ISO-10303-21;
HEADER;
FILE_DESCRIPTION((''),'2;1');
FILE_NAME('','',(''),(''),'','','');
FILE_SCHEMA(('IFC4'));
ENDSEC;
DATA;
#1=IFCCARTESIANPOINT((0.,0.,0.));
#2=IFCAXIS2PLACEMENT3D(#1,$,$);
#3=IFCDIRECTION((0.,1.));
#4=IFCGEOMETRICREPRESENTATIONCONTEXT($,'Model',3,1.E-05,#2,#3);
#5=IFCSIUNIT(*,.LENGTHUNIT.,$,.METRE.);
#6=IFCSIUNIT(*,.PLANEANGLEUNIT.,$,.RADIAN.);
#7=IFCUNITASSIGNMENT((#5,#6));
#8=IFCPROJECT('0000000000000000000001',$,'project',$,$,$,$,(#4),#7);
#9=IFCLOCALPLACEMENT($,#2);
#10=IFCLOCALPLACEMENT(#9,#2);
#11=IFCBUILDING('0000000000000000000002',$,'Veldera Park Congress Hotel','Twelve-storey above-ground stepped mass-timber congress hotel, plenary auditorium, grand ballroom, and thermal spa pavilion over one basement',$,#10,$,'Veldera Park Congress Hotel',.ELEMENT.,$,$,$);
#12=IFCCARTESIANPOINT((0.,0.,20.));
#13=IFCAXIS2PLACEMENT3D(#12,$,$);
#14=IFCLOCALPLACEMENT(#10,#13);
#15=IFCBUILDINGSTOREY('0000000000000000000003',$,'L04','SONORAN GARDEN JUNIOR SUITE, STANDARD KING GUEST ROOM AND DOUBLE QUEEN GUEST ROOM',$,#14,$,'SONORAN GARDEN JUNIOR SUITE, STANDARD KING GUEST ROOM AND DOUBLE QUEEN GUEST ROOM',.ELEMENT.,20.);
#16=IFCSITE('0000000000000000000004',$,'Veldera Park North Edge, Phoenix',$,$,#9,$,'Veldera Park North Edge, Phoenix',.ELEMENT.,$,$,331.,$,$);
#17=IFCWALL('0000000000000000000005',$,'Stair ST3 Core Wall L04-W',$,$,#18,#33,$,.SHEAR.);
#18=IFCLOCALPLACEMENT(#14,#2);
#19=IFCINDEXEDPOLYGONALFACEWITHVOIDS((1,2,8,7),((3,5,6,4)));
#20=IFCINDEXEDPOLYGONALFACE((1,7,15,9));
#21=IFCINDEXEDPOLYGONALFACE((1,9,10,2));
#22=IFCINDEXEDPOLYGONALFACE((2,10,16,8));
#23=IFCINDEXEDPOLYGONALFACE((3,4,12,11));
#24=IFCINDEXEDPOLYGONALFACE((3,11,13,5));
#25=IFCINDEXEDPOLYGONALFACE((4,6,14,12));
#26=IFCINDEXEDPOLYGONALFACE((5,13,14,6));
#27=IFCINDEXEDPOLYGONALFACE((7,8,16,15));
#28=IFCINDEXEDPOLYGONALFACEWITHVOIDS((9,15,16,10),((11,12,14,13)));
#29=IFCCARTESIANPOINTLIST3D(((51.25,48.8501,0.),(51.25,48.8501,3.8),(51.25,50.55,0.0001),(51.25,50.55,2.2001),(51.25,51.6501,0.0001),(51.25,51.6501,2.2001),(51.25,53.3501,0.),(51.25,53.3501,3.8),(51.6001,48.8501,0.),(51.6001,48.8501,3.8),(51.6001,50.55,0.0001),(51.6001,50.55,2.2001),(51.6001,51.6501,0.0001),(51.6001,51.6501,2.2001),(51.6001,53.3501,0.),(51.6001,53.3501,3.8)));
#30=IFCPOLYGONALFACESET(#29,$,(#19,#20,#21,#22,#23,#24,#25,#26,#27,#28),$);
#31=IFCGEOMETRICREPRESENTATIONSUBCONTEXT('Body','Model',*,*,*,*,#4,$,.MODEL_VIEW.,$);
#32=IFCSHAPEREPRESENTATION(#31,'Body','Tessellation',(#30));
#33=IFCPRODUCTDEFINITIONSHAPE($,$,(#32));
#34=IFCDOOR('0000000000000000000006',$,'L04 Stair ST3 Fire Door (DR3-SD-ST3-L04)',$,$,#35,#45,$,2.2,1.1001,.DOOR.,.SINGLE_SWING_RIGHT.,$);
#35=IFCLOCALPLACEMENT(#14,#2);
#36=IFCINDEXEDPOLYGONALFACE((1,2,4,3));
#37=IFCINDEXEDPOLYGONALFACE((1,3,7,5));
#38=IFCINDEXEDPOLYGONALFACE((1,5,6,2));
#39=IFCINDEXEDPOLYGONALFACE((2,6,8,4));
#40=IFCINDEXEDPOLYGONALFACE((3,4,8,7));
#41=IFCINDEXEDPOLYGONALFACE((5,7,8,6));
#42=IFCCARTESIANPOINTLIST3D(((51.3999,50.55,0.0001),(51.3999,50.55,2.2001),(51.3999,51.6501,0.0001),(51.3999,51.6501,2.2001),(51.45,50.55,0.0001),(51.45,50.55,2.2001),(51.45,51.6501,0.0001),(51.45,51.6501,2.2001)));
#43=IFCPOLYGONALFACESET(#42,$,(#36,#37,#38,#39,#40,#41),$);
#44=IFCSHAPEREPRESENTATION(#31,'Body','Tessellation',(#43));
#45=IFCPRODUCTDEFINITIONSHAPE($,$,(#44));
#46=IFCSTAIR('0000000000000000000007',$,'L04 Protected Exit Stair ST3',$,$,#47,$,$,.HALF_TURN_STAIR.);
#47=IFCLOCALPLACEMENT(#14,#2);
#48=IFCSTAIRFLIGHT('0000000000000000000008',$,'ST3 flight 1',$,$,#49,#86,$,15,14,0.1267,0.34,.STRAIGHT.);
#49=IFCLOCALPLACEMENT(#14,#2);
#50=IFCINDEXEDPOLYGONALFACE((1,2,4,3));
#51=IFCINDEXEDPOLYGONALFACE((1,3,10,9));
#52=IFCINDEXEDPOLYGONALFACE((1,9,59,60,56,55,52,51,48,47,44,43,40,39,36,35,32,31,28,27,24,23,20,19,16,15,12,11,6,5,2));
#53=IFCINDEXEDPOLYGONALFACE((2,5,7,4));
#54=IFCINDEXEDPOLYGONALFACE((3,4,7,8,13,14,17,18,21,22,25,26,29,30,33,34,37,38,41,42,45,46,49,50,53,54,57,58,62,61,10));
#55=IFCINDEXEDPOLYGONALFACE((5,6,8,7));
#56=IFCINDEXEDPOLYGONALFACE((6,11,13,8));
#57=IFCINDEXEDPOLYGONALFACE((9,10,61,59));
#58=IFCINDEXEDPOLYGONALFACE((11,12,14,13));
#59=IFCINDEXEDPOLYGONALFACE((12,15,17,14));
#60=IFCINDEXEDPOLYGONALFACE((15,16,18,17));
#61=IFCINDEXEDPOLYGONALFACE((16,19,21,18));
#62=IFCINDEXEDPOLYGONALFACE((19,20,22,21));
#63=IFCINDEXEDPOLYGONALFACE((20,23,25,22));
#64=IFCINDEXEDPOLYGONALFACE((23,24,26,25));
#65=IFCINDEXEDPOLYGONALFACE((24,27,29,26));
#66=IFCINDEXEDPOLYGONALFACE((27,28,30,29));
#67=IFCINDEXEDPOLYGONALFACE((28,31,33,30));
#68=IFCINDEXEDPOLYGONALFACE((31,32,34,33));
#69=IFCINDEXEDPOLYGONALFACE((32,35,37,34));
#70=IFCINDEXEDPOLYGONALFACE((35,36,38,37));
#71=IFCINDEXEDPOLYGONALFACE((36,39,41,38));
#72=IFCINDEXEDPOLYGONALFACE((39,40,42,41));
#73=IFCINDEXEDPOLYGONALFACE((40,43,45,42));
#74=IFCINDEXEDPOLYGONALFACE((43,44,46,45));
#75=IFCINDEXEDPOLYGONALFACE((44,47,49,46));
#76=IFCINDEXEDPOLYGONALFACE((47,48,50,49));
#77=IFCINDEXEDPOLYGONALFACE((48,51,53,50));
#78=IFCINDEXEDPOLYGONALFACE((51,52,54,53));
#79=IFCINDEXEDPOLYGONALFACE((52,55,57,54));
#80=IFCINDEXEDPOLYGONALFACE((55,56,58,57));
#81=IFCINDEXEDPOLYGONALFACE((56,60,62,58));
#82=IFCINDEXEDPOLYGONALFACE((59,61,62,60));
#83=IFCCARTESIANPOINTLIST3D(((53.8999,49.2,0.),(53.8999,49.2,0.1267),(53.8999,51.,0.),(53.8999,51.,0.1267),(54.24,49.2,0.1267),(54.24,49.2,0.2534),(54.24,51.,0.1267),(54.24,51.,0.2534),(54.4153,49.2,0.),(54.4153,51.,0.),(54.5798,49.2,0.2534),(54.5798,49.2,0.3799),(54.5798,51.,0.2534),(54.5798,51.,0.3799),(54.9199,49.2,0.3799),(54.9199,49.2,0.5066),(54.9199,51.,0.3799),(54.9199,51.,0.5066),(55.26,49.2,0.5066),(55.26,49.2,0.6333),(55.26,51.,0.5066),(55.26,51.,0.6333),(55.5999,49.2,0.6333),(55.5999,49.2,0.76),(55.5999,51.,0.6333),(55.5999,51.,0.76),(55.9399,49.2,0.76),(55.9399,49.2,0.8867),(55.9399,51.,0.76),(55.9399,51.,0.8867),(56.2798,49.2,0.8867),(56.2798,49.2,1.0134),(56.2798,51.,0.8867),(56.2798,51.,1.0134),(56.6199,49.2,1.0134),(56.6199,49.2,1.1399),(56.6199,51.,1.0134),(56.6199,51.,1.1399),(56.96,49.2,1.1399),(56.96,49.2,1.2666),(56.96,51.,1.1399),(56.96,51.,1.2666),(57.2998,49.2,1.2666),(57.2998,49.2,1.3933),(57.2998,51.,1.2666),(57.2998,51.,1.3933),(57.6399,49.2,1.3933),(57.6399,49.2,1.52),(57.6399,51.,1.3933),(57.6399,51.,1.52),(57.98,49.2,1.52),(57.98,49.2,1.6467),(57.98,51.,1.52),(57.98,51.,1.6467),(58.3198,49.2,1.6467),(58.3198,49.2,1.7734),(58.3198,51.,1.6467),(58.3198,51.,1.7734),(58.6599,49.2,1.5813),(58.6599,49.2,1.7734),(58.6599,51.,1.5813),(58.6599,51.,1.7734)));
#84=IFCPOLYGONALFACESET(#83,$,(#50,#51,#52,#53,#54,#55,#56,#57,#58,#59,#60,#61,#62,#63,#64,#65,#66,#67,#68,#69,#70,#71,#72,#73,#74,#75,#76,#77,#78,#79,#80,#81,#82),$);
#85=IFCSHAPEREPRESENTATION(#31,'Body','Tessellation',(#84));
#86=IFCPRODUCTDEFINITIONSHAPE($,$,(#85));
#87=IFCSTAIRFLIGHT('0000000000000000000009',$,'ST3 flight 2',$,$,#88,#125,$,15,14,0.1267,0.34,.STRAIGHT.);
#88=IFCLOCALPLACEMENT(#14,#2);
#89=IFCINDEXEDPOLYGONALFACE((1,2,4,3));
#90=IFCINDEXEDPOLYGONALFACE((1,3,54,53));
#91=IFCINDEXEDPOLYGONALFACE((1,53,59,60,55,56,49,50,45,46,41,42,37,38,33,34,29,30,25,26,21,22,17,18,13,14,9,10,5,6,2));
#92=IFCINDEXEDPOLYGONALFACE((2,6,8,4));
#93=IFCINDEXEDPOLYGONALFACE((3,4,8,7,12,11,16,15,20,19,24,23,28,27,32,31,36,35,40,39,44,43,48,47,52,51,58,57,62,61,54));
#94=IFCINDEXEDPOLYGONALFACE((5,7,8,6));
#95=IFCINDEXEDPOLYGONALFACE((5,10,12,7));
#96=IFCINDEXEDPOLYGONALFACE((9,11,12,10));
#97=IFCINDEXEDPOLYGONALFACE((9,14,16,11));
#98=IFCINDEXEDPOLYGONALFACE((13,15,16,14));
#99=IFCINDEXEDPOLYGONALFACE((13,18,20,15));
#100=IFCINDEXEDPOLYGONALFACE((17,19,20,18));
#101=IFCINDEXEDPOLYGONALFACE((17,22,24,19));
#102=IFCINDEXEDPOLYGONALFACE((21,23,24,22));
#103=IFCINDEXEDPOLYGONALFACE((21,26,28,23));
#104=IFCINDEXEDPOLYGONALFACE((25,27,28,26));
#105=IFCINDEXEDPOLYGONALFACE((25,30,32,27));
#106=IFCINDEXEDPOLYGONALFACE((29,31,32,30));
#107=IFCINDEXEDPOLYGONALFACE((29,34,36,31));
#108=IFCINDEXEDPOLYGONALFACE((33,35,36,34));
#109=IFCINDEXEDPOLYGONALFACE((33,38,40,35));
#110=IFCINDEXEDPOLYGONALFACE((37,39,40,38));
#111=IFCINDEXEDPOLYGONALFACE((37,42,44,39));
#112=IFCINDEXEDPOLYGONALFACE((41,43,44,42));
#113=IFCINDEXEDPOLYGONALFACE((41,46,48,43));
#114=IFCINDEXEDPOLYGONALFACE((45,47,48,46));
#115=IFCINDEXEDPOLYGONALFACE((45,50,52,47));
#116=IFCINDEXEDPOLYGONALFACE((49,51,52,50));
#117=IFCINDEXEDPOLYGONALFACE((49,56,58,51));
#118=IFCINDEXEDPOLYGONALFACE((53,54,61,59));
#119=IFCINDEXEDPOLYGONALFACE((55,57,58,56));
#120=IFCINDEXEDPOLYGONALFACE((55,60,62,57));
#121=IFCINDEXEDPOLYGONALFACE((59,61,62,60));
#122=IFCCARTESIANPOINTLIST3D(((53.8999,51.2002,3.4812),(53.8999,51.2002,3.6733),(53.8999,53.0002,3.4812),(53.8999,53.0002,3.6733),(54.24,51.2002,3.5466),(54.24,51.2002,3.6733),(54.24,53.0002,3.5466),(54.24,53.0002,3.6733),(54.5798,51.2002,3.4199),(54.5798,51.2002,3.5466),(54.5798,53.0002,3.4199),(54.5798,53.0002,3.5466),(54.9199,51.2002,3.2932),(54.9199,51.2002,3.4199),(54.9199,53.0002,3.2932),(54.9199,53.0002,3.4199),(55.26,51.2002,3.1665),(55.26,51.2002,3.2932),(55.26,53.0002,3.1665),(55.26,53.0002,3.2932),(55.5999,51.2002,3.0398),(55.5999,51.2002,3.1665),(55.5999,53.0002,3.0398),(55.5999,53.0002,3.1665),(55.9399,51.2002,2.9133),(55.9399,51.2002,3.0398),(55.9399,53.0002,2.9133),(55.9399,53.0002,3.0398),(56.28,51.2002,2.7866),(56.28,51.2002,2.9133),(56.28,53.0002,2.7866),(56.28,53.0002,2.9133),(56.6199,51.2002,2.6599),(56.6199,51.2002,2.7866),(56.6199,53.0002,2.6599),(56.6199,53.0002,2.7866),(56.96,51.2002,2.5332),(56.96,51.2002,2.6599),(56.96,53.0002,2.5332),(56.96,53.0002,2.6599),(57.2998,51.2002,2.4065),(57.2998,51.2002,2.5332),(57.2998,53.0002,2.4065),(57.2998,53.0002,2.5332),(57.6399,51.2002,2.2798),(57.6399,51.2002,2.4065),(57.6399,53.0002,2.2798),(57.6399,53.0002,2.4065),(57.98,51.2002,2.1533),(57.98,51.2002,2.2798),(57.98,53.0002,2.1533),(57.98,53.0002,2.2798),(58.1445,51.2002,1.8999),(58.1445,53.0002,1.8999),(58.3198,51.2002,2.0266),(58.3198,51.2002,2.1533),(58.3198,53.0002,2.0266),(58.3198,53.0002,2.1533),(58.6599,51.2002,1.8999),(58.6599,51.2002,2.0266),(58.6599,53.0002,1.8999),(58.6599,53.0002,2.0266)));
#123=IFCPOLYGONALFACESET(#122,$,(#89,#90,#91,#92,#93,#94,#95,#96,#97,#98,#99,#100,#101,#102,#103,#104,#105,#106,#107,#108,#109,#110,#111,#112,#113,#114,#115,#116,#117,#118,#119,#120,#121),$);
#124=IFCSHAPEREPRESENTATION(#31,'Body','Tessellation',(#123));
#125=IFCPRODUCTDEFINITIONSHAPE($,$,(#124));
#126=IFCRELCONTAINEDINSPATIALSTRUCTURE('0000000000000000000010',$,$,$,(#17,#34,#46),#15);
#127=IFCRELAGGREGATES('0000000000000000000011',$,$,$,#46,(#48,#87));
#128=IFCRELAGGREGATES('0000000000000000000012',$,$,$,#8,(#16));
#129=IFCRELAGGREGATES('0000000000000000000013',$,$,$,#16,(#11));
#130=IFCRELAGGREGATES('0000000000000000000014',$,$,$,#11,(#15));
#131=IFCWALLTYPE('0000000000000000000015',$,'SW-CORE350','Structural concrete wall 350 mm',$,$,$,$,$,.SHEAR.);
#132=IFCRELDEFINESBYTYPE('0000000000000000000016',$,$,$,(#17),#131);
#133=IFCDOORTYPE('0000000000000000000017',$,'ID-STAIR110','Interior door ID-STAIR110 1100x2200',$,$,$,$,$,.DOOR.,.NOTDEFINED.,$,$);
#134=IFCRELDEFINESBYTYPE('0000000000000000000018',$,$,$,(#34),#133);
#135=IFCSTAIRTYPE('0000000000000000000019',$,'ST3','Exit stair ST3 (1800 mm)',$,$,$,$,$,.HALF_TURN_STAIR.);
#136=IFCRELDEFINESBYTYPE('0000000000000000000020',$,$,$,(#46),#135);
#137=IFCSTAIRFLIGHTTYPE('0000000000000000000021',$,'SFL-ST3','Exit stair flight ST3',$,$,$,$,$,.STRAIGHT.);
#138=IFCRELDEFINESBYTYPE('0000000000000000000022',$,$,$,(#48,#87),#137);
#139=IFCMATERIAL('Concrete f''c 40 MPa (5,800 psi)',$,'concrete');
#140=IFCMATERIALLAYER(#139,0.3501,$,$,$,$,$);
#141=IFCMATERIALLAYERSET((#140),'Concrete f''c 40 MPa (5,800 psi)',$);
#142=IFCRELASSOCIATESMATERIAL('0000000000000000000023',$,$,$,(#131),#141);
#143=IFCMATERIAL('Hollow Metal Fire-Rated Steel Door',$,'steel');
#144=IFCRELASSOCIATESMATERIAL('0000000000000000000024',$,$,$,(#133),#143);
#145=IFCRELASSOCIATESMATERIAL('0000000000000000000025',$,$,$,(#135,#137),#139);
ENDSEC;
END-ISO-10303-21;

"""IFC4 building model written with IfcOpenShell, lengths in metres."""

from ifc_helpers import new_model, si_unit, direction, frame, frame_2d, origin, place, context, subcontext, project, spatial, polyline, rectangle, outline, extrude, material, layer, layer_set, type_object, element, fill, aggregate, save


model = new_model("IFC4")

# Units and contexts
model_context = context("Model", 3, precision=1e-05, world=origin(), true_north=direction((0.0, 1.0)))
body_context = subcontext(model_context, "Body", "Model", "MODEL_VIEW")
ifc_project = project(units=[si_unit("LENGTHUNIT", "METRE"), si_unit("PLANEANGLEUNIT", "RADIAN")], contexts=[model_context])

# Site, building, storey
site_placement = place(None, origin())
site = spatial("IfcSite", under=ifc_project, at=site_placement, Name="Veldera Park North Edge, Phoenix", LongName="Veldera Park North Edge, Phoenix", CompositionType="ELEMENT", RefElevation=331.0)
building_placement = place(site_placement, origin())
building = spatial("IfcBuilding", under=site, at=building_placement, Name="Veldera Park Congress Hotel", Description="Twelve-storey above-ground stepped mass-timber congress hotel, plenary auditorium, grand ballroom, and thermal spa pavilion over one basement", LongName="Veldera Park Congress Hotel", CompositionType="ELEMENT")
storey_placement = place(building_placement, frame((0.0, 0.0, 20.0)))
storey = spatial("IfcBuildingStorey", under=building, at=storey_placement, Name="L04", Description="SONORAN GARDEN JUNIOR SUITE, STANDARD KING GUEST ROOM AND DOUBLE QUEEN GUEST ROOM", LongName="SONORAN GARDEN JUNIOR SUITE, STANDARD KING GUEST ROOM AND DOUBLE QUEEN GUEST ROOM", CompositionType="ELEMENT", Elevation=20.0)

# Shared definitions
ifc_material_1 = material(Name="Concrete f'c 40 MPa (5,800 psi)", Category="concrete")
ifc_layer_1 = layer(ifc_material_1, 0.3501)
ifc_layer_set_1 = layer_set([ifc_layer_1], Name="Concrete f'c 40 MPa (5,800 psi)")
wall_type_1 = type_object("IfcWallType", Name="SW-CORE350", Description="Structural concrete wall 350 mm", PredefinedType="SHEAR", material=ifc_layer_set_1)

# Wall, opening, door
wall_1_placement = place(storey_placement, frame((51.425, 53.3501, 0.0), z_axis=(0.0, 0.0, 1.0), x_axis=(0.0, -1.0, 0.0)))
wall_1 = element("IfcWall", 1, at=wall_1_placement, inside=storey, type_object=wall_type_1, Name="Stair ST3 Core Wall L04-W", PredefinedType="SHEAR", context=body_context, shape_type="SweptSolid", body=[
    extrude(rectangle(XDim=4.5, YDim=0.3501, at=frame_2d((2.25, 0.0))), origin(), (0.0, 0.0, 1.0), 3.8),
])
opening_1_placement = place(wall_1_placement, frame((1.7, 0.0, 0.0)))
opening_1 = element("IfcOpeningElement", 2, at=opening_1_placement, cuts=wall_1, PredefinedType="OPENING", context=body_context, shape_type="SweptSolid", body=[
    extrude(rectangle(XDim=1.1001, YDim=2.2, at=frame_2d((0.55, 1.1001))), frame((0.0, 0.187, 0.0), z_axis=(0.0, -1.0, 0.0), x_axis=(1.0, 0.0, 0.0)), (0.0, 0.0, 1.0), 0.374),
])
ifc_material_2 = material(Name="Hollow Metal Fire-Rated Steel Door", Category="steel")
door_type_1 = type_object("IfcDoorType", Name="ID-STAIR110", Description="Interior door ID-STAIR110 1100x2200", OperationType="NOTDEFINED", PredefinedType="DOOR", material=ifc_material_2)
door_1_placement = place(opening_1_placement, origin())
door_1 = element("IfcDoor", 3, at=door_1_placement, inside=storey, type_object=door_type_1, Name="L04 Stair ST3 Fire Door (DR3-SD-ST3-L04)", OperationType="SINGLE_SWING_RIGHT", OverallHeight=2.2, OverallWidth=1.1001, PredefinedType="DOOR", context=body_context, shape_type="SweptSolid", body=[
    extrude(rectangle(XDim=1.1001, YDim=2.2, at=frame_2d((0.55, 1.1001))), frame((0.0, 0.0249, 0.0), z_axis=(0.0, -1.0, 0.0), x_axis=(1.0, 0.0, 0.0)), (0.0, 0.0, 1.0), 0.05),
])
fill(opening_1, door_1)

# Stair, stair flights
stair_type = type_object("IfcStairType", Name="ST3", Description="Exit stair ST3 (1800 mm)", PredefinedType="HALF_TURN_STAIR", material=ifc_material_1)
stair_placement = place(storey_placement, origin())
stair = element("IfcStair", 4, at=stair_placement, inside=storey, type_object=stair_type, Name="L04 Protected Exit Stair ST3", PredefinedType="HALF_TURN_STAIR")
stair_flight_type = type_object("IfcStairFlightType", Name="SFL-ST3", Description="Exit stair flight ST3", PredefinedType="STRAIGHT", material=ifc_material_1)
stair_flight_1_placement = place(storey_placement, frame((53.8999, 50.1001, 0.0), z_axis=(0.0, 0.0, 1.0), x_axis=(1.0, 0.0, 0.0)))
stair_flight_1 = element("IfcStairFlight", 5, at=stair_flight_1_placement, type_object=stair_flight_type, Name="ST3 flight 1", NumberOfRisers=15, NumberOfTreads=14, PredefinedType="STRAIGHT", RiserHeight=0.1267, TreadLength=0.34, context=body_context, shape_type="SweptSolid", body=[
    extrude(outline(polyline([(0.0, 0.0), (0.0, 0.1267), (0.3401, 0.1267), (0.3401, 0.2534), (0.6799, 0.2534), (0.6799, 0.3799), (1.02, 0.3799), (1.02, 0.5066), (1.3601, 0.5066), (1.3601, 0.6333), (1.7, 0.6333), (1.7, 0.76), (2.04, 0.76), (2.04, 0.8867), (2.3799, 0.8867), (2.3799, 1.0134), (2.72, 1.0134), (2.72, 1.1399), (3.0601, 1.1399), (3.0601, 1.2666), (3.3999, 1.2666), (3.3999, 1.3933), (3.74, 1.3933), (3.74, 1.52), (4.0801, 1.52), (4.0801, 1.6467), (4.4199, 1.6467), (4.4199, 1.7734), (4.76, 1.7734), (4.76, 1.8999), (4.76, 1.8999), (4.76, 1.5813), (0.5154, 0.0), (0.0, 0.0)])), frame((0.0, 0.8999, 0.0), z_axis=(0.0, -1.0, 0.0), x_axis=(1.0, 0.0, 0.0)), (0.0, 0.0, 1.0), 1.8),
])
stair_flight_2_placement = place(storey_placement, frame((58.6599, 52.1001, 1.8999), z_axis=(0.0, 0.0, 1.0), x_axis=(-1.0, 0.0, 0.0)))
stair_flight_2 = element("IfcStairFlight", 6, at=stair_flight_2_placement, type_object=stair_flight_type, Name="ST3 flight 2", NumberOfRisers=15, NumberOfTreads=14, PredefinedType="STRAIGHT", RiserHeight=0.1267, TreadLength=0.34, context=body_context, shape_type="SweptSolid", body=[
    extrude(outline(polyline([(0.0, 0.0), (0.0, 0.1267), (0.3401, 0.1267), (0.3401, 0.2534), (0.6799, 0.2534), (0.6799, 0.3799), (1.02, 0.3799), (1.02, 0.5066), (1.3601, 0.5066), (1.3601, 0.6333), (1.7, 0.6333), (1.7, 0.76), (2.04, 0.76), (2.04, 0.8867), (2.3799, 0.8867), (2.3799, 1.0134), (2.72, 1.0134), (2.72, 1.1399), (3.0601, 1.1399), (3.0601, 1.2666), (3.3999, 1.2666), (3.3999, 1.3933), (3.74, 1.3933), (3.74, 1.52), (4.0801, 1.52), (4.0801, 1.6467), (4.4199, 1.6467), (4.4199, 1.7734), (4.76, 1.7734), (4.76, 1.8999), (4.76, 1.8999), (4.76, 1.5813), (0.5154, 0.0), (0.0, 0.0)])), frame((0.0, 0.8999, 0.0), z_axis=(0.0, -1.0, 0.0), x_axis=(1.0, 0.0, 0.0)), (0.0, 0.0, 1.0), 1.8),
])
aggregate(stair, [stair_flight_1, stair_flight_2])

save(model, "model.ifc")
